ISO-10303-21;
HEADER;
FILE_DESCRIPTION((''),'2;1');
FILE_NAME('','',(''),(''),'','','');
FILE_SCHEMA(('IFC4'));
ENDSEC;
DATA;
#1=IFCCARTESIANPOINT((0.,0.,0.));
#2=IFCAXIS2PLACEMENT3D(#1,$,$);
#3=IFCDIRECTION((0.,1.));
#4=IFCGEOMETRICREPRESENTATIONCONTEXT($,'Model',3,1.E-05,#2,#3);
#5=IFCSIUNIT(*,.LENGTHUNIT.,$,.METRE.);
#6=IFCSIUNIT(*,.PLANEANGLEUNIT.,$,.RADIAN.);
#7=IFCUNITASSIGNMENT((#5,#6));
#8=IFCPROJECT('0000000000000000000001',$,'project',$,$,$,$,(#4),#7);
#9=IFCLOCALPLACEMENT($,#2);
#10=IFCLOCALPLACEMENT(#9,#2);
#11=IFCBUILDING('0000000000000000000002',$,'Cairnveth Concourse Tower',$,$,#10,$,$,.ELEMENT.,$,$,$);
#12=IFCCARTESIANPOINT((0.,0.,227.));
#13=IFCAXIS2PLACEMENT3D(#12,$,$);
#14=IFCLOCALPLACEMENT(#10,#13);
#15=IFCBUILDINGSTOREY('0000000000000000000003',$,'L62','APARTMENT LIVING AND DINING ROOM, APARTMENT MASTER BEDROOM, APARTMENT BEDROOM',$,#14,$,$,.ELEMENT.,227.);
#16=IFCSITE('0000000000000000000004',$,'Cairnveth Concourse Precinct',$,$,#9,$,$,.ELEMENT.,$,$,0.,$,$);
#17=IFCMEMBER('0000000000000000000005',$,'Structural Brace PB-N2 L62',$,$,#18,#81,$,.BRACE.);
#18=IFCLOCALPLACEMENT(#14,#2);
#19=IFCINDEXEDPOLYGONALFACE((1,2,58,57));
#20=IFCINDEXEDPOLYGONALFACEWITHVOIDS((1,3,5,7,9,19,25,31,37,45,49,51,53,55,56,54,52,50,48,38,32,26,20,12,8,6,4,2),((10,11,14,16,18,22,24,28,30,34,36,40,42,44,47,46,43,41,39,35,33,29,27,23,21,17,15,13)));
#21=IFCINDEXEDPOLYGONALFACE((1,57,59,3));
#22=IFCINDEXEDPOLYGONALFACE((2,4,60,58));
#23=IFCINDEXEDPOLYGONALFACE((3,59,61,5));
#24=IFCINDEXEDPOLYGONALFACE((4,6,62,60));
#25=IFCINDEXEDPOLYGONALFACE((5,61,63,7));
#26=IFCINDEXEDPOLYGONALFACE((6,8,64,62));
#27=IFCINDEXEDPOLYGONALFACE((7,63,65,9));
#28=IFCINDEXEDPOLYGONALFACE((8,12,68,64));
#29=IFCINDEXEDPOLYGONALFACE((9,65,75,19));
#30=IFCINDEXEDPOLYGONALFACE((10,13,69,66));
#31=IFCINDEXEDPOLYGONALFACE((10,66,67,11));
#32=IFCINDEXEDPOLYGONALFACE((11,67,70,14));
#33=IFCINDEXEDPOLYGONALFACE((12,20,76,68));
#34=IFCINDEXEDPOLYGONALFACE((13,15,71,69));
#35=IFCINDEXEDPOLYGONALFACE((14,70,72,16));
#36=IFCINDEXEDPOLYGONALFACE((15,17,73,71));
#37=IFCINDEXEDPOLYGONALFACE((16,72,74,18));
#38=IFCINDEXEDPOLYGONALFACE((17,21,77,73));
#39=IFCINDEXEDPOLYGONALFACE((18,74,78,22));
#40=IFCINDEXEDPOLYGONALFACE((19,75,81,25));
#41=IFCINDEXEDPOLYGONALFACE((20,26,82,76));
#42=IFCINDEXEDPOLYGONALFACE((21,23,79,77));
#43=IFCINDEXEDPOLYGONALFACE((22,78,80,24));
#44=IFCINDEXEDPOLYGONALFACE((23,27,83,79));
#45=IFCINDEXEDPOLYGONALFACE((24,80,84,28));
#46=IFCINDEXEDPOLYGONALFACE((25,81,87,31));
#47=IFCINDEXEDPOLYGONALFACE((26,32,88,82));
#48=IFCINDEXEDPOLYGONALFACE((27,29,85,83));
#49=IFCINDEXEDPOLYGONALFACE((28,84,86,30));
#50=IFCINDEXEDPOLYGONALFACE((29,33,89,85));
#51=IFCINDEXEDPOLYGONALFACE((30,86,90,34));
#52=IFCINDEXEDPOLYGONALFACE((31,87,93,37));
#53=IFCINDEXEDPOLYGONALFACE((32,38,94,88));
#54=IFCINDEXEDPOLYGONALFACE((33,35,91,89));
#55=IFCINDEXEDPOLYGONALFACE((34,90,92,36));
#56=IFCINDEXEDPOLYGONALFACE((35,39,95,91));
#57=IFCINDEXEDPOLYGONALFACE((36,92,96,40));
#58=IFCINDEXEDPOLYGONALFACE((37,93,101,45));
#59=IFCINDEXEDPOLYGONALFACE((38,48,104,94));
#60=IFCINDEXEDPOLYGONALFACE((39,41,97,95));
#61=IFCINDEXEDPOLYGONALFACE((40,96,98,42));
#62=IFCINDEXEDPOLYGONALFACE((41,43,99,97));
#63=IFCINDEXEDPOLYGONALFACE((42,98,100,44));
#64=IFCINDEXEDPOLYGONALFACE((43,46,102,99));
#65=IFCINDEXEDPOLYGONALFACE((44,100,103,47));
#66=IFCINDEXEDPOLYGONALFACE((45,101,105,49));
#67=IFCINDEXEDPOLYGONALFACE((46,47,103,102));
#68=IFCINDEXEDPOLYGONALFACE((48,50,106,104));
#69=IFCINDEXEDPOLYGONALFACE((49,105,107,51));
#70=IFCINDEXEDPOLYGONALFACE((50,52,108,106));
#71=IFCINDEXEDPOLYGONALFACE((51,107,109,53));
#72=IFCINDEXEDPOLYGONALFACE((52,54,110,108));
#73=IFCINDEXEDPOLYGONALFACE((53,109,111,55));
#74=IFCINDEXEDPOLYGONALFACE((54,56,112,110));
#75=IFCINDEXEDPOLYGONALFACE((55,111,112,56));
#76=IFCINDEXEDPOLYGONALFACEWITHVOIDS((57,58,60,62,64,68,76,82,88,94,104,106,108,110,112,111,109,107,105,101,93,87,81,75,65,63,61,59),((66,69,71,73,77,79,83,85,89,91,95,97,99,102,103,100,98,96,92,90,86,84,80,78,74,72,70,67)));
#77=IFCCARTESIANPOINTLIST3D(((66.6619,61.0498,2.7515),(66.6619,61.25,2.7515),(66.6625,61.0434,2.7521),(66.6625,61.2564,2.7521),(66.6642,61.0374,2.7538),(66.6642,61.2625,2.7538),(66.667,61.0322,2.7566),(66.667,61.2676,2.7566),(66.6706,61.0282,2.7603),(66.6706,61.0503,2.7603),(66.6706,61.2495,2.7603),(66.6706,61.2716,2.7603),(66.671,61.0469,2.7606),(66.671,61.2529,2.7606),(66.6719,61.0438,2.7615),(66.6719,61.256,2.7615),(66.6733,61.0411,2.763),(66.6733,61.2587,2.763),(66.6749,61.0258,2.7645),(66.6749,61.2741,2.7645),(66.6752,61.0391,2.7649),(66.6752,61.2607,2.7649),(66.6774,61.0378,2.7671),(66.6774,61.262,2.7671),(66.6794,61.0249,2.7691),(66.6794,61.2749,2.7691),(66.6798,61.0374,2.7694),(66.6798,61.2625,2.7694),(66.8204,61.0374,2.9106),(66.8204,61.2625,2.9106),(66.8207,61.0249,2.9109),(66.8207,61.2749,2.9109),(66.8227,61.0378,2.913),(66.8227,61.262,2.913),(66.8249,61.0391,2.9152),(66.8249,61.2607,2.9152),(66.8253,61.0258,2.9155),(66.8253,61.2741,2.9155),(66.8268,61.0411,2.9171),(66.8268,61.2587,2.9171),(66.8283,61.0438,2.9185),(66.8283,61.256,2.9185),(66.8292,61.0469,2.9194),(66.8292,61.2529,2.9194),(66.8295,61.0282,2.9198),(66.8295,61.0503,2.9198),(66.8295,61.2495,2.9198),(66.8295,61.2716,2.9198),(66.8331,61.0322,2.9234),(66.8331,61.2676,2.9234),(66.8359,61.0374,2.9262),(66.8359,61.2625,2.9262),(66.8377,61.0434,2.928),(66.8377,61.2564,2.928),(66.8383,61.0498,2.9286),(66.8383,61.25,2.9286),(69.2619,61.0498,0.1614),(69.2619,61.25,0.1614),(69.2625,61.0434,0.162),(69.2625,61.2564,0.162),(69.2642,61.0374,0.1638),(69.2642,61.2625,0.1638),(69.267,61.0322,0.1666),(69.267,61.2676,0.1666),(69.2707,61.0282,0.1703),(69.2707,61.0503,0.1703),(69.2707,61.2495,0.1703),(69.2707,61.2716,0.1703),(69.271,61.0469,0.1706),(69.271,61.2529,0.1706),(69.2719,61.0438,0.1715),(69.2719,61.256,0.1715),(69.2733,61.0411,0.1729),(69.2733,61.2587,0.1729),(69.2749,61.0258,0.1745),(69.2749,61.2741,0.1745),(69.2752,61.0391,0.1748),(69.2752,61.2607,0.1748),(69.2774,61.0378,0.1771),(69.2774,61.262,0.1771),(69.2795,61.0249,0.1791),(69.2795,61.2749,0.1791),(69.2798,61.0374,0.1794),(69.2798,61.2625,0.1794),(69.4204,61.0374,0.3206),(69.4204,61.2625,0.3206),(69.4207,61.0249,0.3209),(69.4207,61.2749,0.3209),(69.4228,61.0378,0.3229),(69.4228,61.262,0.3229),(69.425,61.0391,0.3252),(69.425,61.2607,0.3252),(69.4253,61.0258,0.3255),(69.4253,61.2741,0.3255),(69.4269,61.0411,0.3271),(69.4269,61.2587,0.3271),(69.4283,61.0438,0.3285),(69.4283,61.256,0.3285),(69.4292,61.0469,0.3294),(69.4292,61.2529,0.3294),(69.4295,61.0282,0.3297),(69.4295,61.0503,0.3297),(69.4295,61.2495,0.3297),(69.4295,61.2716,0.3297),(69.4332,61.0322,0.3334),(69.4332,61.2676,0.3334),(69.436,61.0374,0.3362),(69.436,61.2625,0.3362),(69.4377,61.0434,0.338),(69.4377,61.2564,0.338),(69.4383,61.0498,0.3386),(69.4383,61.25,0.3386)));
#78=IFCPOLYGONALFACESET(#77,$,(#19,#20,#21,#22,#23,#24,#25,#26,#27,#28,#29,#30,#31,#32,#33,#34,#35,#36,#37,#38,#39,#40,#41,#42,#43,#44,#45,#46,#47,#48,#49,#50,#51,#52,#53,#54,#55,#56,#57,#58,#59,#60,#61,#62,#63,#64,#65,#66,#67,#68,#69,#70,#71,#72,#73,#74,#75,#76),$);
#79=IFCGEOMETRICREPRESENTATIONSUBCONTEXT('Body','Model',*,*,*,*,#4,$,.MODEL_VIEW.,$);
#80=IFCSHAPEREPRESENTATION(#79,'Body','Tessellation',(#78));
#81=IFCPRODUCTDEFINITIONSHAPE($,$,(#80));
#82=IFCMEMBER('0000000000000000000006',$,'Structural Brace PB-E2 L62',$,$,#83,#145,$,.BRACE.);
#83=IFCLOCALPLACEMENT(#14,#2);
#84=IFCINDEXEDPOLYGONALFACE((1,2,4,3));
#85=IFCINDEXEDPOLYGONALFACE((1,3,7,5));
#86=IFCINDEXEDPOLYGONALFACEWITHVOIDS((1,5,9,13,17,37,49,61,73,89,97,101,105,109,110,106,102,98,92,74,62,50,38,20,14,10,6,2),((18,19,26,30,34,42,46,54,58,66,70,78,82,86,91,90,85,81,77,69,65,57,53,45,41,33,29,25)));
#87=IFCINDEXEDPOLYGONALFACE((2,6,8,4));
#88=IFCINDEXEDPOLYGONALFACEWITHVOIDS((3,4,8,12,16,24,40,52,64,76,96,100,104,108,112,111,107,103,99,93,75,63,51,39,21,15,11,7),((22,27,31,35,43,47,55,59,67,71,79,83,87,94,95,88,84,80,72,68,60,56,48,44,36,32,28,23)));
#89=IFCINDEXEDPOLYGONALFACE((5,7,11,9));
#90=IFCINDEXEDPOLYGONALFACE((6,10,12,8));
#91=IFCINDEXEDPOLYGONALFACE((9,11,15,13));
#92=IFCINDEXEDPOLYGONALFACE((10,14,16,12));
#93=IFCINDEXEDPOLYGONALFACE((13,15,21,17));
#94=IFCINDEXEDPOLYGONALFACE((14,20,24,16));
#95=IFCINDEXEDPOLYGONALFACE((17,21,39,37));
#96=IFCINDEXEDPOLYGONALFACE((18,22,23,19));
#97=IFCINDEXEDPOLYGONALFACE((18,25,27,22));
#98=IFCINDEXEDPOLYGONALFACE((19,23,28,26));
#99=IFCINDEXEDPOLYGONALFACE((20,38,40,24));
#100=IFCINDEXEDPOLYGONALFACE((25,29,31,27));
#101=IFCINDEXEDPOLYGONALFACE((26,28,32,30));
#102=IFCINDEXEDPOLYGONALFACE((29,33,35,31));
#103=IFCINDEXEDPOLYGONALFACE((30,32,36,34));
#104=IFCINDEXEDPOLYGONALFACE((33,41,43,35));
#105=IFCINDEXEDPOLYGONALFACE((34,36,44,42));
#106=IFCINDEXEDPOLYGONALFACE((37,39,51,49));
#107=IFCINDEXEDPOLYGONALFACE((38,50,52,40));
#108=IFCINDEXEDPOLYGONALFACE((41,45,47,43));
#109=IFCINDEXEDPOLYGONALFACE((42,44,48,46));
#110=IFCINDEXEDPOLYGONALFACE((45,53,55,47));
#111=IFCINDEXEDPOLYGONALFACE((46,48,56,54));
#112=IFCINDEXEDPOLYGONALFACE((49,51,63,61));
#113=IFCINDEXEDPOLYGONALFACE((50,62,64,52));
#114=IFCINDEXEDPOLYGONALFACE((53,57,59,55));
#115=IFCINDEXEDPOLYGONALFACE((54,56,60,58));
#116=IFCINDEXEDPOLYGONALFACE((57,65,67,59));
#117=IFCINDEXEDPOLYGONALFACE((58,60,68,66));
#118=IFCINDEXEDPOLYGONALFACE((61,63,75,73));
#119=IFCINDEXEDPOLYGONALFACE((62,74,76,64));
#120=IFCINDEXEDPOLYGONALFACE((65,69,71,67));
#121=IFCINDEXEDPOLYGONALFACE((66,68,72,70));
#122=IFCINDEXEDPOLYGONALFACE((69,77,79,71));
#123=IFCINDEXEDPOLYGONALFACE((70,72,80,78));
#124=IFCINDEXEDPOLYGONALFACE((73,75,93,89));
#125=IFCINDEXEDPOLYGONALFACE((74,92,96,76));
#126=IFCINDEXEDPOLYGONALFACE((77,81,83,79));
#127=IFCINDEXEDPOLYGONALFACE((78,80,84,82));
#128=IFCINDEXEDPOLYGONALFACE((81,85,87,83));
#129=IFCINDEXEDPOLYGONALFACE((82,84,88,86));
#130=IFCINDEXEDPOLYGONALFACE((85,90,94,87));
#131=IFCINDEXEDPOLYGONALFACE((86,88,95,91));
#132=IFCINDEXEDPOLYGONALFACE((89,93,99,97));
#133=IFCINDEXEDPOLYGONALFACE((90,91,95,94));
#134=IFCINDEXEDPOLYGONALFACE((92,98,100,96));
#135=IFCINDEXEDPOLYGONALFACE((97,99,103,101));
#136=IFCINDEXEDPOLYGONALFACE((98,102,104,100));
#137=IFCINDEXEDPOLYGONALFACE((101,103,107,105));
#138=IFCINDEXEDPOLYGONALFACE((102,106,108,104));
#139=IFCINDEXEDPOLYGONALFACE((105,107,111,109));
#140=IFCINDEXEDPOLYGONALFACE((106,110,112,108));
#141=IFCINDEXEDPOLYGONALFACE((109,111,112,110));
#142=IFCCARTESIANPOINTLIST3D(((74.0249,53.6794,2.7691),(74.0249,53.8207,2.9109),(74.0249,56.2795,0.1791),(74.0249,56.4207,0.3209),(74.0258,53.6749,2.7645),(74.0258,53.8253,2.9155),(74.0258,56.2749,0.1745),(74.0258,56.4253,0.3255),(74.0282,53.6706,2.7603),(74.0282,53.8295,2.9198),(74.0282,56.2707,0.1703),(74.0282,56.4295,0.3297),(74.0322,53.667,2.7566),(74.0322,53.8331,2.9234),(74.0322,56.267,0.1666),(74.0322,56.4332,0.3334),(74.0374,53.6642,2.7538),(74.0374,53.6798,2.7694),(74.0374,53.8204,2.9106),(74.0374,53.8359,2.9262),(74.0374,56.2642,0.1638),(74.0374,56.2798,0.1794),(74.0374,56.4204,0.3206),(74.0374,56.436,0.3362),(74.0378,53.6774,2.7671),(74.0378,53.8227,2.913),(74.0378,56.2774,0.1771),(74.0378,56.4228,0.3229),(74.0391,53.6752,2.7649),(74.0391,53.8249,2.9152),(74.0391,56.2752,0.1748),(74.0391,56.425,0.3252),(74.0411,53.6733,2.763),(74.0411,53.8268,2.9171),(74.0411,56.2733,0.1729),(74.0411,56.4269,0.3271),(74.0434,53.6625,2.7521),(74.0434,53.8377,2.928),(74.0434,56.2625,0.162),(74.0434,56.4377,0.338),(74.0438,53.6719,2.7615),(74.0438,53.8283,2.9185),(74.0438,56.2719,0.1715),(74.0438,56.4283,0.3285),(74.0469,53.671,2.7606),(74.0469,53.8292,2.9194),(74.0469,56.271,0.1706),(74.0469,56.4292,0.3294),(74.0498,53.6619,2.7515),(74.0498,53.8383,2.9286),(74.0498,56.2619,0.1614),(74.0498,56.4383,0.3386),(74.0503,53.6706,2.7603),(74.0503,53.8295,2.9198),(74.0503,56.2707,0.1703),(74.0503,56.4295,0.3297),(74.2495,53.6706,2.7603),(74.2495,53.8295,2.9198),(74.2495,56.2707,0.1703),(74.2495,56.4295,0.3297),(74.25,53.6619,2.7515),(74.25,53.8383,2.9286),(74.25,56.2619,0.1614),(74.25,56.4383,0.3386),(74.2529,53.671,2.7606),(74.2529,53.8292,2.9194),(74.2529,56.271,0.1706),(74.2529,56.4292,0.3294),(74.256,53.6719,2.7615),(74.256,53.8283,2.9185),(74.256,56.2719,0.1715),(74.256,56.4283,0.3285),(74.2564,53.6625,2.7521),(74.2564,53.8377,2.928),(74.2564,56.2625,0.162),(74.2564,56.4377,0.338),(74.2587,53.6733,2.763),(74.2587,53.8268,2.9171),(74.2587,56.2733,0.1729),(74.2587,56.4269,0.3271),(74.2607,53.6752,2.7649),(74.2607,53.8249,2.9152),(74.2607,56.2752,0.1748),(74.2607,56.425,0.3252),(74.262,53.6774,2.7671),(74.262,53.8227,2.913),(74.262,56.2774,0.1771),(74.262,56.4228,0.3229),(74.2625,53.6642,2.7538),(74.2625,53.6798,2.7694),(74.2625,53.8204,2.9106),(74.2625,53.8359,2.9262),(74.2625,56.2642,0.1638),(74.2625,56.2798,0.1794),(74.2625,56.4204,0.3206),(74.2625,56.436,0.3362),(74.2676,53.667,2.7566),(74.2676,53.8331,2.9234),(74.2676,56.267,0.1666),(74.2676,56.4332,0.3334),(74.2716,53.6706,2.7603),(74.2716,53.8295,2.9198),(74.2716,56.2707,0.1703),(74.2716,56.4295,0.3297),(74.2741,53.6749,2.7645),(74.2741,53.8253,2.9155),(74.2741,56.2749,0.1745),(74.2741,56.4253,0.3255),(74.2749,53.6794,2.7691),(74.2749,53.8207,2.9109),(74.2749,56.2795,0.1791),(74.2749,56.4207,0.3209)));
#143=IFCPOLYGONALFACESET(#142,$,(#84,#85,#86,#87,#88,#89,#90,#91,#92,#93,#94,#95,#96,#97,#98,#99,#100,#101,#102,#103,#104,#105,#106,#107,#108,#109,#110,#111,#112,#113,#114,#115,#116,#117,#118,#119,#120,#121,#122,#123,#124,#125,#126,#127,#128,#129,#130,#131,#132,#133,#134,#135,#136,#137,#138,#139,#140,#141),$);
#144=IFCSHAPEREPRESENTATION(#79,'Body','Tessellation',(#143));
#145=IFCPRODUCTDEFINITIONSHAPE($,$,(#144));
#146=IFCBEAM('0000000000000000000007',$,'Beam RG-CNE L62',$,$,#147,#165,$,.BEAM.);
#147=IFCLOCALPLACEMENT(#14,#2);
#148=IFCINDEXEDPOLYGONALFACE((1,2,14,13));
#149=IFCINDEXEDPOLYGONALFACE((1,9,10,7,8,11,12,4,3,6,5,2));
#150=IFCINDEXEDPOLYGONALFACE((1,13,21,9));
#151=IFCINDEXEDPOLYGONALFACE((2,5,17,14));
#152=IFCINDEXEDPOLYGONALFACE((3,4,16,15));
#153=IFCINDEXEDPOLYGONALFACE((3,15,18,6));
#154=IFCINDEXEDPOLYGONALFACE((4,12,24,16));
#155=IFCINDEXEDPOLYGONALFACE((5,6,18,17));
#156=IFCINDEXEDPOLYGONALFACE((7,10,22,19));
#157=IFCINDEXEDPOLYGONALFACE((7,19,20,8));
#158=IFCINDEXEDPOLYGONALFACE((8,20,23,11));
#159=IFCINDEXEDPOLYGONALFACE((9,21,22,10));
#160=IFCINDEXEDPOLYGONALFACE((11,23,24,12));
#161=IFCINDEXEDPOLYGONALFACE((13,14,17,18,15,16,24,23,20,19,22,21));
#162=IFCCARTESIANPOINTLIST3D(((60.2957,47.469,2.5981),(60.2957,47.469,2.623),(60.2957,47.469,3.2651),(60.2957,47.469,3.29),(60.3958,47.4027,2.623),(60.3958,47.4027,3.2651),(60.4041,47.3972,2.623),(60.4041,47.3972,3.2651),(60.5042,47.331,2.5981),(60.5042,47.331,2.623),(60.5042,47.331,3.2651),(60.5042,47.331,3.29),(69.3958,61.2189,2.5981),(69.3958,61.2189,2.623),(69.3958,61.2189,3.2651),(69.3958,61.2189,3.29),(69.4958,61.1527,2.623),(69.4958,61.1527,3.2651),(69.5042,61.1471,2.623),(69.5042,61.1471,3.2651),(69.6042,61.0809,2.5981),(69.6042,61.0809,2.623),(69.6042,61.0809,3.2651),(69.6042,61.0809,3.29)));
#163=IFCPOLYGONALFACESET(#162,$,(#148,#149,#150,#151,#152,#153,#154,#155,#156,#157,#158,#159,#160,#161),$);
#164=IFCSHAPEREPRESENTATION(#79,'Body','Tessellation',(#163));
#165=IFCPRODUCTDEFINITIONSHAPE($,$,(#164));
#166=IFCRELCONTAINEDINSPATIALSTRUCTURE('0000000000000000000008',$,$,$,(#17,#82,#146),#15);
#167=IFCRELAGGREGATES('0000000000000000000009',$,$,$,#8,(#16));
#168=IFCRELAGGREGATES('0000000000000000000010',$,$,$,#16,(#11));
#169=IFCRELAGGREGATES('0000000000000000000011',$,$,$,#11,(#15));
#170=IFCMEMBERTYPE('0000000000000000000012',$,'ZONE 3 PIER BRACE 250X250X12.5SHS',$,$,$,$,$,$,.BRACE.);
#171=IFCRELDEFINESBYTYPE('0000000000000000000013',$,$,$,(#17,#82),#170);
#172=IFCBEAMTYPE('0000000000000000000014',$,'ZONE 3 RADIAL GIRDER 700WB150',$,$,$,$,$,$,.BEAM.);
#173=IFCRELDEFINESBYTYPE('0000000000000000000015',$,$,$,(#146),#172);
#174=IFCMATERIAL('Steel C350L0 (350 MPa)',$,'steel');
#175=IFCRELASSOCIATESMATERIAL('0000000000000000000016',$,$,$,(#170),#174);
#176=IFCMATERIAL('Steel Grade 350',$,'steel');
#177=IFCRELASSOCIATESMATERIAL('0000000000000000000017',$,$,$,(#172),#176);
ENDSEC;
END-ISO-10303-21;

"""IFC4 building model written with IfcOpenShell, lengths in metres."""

from ifc_helpers import new_model, si_unit, direction, frame, origin, origin_2d, place, context, subcontext, project, spatial, hollow_rectangle, i_section, extrude, material, material_profile, profile_set, type_object, element, save


model = new_model("IFC4")

# Units and contexts
model_context = context("Model", 3, precision=1e-05, world=origin(), true_north=direction((0.0, 1.0)))
body_context = subcontext(model_context, "Body", "Model", "MODEL_VIEW")
ifc_project = project(units=[si_unit("LENGTHUNIT", "METRE"), si_unit("PLANEANGLEUNIT", "RADIAN")], contexts=[model_context])

# Site, building, storey
site_placement = place(None, origin())
site = spatial("IfcSite", under=ifc_project, at=site_placement, Name="Cairnveth Concourse Precinct", CompositionType="ELEMENT", RefElevation=0.0)
building_placement = place(site_placement, origin())
building = spatial("IfcBuilding", under=site, at=building_placement, Name="Cairnveth Concourse Tower", CompositionType="ELEMENT")
storey_placement = place(building_placement, frame((0.0, 0.0, 227.0)))
storey = spatial("IfcBuildingStorey", under=building, at=storey_placement, Name="L62", Description="APARTMENT LIVING AND DINING ROOM, APARTMENT MASTER BEDROOM, APARTMENT BEDROOM", CompositionType="ELEMENT", Elevation=227.0)

# Shared definitions
ifc_material_1 = material(Name="Steel Grade 350", Category="steel")

# Members
ifc_material_2 = material(Name="Steel C350L0 (350 MPa)", Category="steel")
ifc_material_profile_1 = material_profile(ifc_material_2, hollow_rectangle(XDim=0.25, YDim=0.25, WallThickness=0.0125, InnerFilletRadius=0.0129, OuterFilletRadius=0.0249, at=origin_2d()), Name="250x250x12.5SHS")
ifc_profile_set_1 = profile_set([ifc_material_profile_1], Name="Steel C350L0 (350 MPa)")
member_type = type_object("IfcMemberType", Name="ZONE 3 PIER BRACE 250X250X12.5SHS", PredefinedType="BRACE", material=ifc_profile_set_1)
for number, where, z_axis, x_axis, name in (
    (1, (69.3501, 61.1499, 0.25), (-0.708469, 0.0, 0.705742), (0.0, -1.0, 0.0), "Structural Brace PB-N2 L62"),
    (2, (74.1499, 56.3501, 0.25), (0.0, -0.708469, 0.705742), (1.0, 0.0, 0.0), "Structural Brace PB-E2 L62"),
):
    element("IfcMember", number, at=place(storey_placement, frame(where, z_axis=z_axis, x_axis=x_axis)), inside=storey, type_object=member_type, Name=name, PredefinedType="BRACE", context=body_context, shape_type="SweptSolid", body=[
        extrude(hollow_rectangle(XDim=0.25, YDim=0.25, WallThickness=0.0125, InnerFilletRadius=0.0129, OuterFilletRadius=0.0249, at=origin_2d()), origin(), (0.0, 0.0, 1.0), 3.6699),
    ])

# Beam
ifc_material_profile_2 = material_profile(ifc_material_1, i_section(OverallWidth=0.25, OverallDepth=0.6919, WebThickness=0.01, FlangeThickness=0.0249, at=origin_2d()), Name="700WB150")
ifc_profile_set_2 = profile_set([ifc_material_profile_2], Name="Steel Grade 350")
beam_type_1 = type_object("IfcBeamType", Name="ZONE 3 RADIAL GIRDER 700WB150", PredefinedType="BEAM", material=ifc_profile_set_2)
beam_1_placement = place(storey_placement, frame((69.5, 61.1499, 2.9441), z_axis=(-0.551902, -0.833909, 0.0), x_axis=(0.833909, -0.551902, 0.0)))
element("IfcBeam", 3, at=beam_1_placement, inside=storey, type_object=beam_type_1, Name="Beam RG-CNE L62", PredefinedType="BEAM", context=body_context, shape_type="SweptSolid", body=[
    extrude(i_section(OverallWidth=0.25, OverallDepth=0.6919, WebThickness=0.01, FlangeThickness=0.0249, at=origin_2d()), origin(), (0.0, 0.0, 1.0), 16.4885),
])

save(model, "model.ifc")
